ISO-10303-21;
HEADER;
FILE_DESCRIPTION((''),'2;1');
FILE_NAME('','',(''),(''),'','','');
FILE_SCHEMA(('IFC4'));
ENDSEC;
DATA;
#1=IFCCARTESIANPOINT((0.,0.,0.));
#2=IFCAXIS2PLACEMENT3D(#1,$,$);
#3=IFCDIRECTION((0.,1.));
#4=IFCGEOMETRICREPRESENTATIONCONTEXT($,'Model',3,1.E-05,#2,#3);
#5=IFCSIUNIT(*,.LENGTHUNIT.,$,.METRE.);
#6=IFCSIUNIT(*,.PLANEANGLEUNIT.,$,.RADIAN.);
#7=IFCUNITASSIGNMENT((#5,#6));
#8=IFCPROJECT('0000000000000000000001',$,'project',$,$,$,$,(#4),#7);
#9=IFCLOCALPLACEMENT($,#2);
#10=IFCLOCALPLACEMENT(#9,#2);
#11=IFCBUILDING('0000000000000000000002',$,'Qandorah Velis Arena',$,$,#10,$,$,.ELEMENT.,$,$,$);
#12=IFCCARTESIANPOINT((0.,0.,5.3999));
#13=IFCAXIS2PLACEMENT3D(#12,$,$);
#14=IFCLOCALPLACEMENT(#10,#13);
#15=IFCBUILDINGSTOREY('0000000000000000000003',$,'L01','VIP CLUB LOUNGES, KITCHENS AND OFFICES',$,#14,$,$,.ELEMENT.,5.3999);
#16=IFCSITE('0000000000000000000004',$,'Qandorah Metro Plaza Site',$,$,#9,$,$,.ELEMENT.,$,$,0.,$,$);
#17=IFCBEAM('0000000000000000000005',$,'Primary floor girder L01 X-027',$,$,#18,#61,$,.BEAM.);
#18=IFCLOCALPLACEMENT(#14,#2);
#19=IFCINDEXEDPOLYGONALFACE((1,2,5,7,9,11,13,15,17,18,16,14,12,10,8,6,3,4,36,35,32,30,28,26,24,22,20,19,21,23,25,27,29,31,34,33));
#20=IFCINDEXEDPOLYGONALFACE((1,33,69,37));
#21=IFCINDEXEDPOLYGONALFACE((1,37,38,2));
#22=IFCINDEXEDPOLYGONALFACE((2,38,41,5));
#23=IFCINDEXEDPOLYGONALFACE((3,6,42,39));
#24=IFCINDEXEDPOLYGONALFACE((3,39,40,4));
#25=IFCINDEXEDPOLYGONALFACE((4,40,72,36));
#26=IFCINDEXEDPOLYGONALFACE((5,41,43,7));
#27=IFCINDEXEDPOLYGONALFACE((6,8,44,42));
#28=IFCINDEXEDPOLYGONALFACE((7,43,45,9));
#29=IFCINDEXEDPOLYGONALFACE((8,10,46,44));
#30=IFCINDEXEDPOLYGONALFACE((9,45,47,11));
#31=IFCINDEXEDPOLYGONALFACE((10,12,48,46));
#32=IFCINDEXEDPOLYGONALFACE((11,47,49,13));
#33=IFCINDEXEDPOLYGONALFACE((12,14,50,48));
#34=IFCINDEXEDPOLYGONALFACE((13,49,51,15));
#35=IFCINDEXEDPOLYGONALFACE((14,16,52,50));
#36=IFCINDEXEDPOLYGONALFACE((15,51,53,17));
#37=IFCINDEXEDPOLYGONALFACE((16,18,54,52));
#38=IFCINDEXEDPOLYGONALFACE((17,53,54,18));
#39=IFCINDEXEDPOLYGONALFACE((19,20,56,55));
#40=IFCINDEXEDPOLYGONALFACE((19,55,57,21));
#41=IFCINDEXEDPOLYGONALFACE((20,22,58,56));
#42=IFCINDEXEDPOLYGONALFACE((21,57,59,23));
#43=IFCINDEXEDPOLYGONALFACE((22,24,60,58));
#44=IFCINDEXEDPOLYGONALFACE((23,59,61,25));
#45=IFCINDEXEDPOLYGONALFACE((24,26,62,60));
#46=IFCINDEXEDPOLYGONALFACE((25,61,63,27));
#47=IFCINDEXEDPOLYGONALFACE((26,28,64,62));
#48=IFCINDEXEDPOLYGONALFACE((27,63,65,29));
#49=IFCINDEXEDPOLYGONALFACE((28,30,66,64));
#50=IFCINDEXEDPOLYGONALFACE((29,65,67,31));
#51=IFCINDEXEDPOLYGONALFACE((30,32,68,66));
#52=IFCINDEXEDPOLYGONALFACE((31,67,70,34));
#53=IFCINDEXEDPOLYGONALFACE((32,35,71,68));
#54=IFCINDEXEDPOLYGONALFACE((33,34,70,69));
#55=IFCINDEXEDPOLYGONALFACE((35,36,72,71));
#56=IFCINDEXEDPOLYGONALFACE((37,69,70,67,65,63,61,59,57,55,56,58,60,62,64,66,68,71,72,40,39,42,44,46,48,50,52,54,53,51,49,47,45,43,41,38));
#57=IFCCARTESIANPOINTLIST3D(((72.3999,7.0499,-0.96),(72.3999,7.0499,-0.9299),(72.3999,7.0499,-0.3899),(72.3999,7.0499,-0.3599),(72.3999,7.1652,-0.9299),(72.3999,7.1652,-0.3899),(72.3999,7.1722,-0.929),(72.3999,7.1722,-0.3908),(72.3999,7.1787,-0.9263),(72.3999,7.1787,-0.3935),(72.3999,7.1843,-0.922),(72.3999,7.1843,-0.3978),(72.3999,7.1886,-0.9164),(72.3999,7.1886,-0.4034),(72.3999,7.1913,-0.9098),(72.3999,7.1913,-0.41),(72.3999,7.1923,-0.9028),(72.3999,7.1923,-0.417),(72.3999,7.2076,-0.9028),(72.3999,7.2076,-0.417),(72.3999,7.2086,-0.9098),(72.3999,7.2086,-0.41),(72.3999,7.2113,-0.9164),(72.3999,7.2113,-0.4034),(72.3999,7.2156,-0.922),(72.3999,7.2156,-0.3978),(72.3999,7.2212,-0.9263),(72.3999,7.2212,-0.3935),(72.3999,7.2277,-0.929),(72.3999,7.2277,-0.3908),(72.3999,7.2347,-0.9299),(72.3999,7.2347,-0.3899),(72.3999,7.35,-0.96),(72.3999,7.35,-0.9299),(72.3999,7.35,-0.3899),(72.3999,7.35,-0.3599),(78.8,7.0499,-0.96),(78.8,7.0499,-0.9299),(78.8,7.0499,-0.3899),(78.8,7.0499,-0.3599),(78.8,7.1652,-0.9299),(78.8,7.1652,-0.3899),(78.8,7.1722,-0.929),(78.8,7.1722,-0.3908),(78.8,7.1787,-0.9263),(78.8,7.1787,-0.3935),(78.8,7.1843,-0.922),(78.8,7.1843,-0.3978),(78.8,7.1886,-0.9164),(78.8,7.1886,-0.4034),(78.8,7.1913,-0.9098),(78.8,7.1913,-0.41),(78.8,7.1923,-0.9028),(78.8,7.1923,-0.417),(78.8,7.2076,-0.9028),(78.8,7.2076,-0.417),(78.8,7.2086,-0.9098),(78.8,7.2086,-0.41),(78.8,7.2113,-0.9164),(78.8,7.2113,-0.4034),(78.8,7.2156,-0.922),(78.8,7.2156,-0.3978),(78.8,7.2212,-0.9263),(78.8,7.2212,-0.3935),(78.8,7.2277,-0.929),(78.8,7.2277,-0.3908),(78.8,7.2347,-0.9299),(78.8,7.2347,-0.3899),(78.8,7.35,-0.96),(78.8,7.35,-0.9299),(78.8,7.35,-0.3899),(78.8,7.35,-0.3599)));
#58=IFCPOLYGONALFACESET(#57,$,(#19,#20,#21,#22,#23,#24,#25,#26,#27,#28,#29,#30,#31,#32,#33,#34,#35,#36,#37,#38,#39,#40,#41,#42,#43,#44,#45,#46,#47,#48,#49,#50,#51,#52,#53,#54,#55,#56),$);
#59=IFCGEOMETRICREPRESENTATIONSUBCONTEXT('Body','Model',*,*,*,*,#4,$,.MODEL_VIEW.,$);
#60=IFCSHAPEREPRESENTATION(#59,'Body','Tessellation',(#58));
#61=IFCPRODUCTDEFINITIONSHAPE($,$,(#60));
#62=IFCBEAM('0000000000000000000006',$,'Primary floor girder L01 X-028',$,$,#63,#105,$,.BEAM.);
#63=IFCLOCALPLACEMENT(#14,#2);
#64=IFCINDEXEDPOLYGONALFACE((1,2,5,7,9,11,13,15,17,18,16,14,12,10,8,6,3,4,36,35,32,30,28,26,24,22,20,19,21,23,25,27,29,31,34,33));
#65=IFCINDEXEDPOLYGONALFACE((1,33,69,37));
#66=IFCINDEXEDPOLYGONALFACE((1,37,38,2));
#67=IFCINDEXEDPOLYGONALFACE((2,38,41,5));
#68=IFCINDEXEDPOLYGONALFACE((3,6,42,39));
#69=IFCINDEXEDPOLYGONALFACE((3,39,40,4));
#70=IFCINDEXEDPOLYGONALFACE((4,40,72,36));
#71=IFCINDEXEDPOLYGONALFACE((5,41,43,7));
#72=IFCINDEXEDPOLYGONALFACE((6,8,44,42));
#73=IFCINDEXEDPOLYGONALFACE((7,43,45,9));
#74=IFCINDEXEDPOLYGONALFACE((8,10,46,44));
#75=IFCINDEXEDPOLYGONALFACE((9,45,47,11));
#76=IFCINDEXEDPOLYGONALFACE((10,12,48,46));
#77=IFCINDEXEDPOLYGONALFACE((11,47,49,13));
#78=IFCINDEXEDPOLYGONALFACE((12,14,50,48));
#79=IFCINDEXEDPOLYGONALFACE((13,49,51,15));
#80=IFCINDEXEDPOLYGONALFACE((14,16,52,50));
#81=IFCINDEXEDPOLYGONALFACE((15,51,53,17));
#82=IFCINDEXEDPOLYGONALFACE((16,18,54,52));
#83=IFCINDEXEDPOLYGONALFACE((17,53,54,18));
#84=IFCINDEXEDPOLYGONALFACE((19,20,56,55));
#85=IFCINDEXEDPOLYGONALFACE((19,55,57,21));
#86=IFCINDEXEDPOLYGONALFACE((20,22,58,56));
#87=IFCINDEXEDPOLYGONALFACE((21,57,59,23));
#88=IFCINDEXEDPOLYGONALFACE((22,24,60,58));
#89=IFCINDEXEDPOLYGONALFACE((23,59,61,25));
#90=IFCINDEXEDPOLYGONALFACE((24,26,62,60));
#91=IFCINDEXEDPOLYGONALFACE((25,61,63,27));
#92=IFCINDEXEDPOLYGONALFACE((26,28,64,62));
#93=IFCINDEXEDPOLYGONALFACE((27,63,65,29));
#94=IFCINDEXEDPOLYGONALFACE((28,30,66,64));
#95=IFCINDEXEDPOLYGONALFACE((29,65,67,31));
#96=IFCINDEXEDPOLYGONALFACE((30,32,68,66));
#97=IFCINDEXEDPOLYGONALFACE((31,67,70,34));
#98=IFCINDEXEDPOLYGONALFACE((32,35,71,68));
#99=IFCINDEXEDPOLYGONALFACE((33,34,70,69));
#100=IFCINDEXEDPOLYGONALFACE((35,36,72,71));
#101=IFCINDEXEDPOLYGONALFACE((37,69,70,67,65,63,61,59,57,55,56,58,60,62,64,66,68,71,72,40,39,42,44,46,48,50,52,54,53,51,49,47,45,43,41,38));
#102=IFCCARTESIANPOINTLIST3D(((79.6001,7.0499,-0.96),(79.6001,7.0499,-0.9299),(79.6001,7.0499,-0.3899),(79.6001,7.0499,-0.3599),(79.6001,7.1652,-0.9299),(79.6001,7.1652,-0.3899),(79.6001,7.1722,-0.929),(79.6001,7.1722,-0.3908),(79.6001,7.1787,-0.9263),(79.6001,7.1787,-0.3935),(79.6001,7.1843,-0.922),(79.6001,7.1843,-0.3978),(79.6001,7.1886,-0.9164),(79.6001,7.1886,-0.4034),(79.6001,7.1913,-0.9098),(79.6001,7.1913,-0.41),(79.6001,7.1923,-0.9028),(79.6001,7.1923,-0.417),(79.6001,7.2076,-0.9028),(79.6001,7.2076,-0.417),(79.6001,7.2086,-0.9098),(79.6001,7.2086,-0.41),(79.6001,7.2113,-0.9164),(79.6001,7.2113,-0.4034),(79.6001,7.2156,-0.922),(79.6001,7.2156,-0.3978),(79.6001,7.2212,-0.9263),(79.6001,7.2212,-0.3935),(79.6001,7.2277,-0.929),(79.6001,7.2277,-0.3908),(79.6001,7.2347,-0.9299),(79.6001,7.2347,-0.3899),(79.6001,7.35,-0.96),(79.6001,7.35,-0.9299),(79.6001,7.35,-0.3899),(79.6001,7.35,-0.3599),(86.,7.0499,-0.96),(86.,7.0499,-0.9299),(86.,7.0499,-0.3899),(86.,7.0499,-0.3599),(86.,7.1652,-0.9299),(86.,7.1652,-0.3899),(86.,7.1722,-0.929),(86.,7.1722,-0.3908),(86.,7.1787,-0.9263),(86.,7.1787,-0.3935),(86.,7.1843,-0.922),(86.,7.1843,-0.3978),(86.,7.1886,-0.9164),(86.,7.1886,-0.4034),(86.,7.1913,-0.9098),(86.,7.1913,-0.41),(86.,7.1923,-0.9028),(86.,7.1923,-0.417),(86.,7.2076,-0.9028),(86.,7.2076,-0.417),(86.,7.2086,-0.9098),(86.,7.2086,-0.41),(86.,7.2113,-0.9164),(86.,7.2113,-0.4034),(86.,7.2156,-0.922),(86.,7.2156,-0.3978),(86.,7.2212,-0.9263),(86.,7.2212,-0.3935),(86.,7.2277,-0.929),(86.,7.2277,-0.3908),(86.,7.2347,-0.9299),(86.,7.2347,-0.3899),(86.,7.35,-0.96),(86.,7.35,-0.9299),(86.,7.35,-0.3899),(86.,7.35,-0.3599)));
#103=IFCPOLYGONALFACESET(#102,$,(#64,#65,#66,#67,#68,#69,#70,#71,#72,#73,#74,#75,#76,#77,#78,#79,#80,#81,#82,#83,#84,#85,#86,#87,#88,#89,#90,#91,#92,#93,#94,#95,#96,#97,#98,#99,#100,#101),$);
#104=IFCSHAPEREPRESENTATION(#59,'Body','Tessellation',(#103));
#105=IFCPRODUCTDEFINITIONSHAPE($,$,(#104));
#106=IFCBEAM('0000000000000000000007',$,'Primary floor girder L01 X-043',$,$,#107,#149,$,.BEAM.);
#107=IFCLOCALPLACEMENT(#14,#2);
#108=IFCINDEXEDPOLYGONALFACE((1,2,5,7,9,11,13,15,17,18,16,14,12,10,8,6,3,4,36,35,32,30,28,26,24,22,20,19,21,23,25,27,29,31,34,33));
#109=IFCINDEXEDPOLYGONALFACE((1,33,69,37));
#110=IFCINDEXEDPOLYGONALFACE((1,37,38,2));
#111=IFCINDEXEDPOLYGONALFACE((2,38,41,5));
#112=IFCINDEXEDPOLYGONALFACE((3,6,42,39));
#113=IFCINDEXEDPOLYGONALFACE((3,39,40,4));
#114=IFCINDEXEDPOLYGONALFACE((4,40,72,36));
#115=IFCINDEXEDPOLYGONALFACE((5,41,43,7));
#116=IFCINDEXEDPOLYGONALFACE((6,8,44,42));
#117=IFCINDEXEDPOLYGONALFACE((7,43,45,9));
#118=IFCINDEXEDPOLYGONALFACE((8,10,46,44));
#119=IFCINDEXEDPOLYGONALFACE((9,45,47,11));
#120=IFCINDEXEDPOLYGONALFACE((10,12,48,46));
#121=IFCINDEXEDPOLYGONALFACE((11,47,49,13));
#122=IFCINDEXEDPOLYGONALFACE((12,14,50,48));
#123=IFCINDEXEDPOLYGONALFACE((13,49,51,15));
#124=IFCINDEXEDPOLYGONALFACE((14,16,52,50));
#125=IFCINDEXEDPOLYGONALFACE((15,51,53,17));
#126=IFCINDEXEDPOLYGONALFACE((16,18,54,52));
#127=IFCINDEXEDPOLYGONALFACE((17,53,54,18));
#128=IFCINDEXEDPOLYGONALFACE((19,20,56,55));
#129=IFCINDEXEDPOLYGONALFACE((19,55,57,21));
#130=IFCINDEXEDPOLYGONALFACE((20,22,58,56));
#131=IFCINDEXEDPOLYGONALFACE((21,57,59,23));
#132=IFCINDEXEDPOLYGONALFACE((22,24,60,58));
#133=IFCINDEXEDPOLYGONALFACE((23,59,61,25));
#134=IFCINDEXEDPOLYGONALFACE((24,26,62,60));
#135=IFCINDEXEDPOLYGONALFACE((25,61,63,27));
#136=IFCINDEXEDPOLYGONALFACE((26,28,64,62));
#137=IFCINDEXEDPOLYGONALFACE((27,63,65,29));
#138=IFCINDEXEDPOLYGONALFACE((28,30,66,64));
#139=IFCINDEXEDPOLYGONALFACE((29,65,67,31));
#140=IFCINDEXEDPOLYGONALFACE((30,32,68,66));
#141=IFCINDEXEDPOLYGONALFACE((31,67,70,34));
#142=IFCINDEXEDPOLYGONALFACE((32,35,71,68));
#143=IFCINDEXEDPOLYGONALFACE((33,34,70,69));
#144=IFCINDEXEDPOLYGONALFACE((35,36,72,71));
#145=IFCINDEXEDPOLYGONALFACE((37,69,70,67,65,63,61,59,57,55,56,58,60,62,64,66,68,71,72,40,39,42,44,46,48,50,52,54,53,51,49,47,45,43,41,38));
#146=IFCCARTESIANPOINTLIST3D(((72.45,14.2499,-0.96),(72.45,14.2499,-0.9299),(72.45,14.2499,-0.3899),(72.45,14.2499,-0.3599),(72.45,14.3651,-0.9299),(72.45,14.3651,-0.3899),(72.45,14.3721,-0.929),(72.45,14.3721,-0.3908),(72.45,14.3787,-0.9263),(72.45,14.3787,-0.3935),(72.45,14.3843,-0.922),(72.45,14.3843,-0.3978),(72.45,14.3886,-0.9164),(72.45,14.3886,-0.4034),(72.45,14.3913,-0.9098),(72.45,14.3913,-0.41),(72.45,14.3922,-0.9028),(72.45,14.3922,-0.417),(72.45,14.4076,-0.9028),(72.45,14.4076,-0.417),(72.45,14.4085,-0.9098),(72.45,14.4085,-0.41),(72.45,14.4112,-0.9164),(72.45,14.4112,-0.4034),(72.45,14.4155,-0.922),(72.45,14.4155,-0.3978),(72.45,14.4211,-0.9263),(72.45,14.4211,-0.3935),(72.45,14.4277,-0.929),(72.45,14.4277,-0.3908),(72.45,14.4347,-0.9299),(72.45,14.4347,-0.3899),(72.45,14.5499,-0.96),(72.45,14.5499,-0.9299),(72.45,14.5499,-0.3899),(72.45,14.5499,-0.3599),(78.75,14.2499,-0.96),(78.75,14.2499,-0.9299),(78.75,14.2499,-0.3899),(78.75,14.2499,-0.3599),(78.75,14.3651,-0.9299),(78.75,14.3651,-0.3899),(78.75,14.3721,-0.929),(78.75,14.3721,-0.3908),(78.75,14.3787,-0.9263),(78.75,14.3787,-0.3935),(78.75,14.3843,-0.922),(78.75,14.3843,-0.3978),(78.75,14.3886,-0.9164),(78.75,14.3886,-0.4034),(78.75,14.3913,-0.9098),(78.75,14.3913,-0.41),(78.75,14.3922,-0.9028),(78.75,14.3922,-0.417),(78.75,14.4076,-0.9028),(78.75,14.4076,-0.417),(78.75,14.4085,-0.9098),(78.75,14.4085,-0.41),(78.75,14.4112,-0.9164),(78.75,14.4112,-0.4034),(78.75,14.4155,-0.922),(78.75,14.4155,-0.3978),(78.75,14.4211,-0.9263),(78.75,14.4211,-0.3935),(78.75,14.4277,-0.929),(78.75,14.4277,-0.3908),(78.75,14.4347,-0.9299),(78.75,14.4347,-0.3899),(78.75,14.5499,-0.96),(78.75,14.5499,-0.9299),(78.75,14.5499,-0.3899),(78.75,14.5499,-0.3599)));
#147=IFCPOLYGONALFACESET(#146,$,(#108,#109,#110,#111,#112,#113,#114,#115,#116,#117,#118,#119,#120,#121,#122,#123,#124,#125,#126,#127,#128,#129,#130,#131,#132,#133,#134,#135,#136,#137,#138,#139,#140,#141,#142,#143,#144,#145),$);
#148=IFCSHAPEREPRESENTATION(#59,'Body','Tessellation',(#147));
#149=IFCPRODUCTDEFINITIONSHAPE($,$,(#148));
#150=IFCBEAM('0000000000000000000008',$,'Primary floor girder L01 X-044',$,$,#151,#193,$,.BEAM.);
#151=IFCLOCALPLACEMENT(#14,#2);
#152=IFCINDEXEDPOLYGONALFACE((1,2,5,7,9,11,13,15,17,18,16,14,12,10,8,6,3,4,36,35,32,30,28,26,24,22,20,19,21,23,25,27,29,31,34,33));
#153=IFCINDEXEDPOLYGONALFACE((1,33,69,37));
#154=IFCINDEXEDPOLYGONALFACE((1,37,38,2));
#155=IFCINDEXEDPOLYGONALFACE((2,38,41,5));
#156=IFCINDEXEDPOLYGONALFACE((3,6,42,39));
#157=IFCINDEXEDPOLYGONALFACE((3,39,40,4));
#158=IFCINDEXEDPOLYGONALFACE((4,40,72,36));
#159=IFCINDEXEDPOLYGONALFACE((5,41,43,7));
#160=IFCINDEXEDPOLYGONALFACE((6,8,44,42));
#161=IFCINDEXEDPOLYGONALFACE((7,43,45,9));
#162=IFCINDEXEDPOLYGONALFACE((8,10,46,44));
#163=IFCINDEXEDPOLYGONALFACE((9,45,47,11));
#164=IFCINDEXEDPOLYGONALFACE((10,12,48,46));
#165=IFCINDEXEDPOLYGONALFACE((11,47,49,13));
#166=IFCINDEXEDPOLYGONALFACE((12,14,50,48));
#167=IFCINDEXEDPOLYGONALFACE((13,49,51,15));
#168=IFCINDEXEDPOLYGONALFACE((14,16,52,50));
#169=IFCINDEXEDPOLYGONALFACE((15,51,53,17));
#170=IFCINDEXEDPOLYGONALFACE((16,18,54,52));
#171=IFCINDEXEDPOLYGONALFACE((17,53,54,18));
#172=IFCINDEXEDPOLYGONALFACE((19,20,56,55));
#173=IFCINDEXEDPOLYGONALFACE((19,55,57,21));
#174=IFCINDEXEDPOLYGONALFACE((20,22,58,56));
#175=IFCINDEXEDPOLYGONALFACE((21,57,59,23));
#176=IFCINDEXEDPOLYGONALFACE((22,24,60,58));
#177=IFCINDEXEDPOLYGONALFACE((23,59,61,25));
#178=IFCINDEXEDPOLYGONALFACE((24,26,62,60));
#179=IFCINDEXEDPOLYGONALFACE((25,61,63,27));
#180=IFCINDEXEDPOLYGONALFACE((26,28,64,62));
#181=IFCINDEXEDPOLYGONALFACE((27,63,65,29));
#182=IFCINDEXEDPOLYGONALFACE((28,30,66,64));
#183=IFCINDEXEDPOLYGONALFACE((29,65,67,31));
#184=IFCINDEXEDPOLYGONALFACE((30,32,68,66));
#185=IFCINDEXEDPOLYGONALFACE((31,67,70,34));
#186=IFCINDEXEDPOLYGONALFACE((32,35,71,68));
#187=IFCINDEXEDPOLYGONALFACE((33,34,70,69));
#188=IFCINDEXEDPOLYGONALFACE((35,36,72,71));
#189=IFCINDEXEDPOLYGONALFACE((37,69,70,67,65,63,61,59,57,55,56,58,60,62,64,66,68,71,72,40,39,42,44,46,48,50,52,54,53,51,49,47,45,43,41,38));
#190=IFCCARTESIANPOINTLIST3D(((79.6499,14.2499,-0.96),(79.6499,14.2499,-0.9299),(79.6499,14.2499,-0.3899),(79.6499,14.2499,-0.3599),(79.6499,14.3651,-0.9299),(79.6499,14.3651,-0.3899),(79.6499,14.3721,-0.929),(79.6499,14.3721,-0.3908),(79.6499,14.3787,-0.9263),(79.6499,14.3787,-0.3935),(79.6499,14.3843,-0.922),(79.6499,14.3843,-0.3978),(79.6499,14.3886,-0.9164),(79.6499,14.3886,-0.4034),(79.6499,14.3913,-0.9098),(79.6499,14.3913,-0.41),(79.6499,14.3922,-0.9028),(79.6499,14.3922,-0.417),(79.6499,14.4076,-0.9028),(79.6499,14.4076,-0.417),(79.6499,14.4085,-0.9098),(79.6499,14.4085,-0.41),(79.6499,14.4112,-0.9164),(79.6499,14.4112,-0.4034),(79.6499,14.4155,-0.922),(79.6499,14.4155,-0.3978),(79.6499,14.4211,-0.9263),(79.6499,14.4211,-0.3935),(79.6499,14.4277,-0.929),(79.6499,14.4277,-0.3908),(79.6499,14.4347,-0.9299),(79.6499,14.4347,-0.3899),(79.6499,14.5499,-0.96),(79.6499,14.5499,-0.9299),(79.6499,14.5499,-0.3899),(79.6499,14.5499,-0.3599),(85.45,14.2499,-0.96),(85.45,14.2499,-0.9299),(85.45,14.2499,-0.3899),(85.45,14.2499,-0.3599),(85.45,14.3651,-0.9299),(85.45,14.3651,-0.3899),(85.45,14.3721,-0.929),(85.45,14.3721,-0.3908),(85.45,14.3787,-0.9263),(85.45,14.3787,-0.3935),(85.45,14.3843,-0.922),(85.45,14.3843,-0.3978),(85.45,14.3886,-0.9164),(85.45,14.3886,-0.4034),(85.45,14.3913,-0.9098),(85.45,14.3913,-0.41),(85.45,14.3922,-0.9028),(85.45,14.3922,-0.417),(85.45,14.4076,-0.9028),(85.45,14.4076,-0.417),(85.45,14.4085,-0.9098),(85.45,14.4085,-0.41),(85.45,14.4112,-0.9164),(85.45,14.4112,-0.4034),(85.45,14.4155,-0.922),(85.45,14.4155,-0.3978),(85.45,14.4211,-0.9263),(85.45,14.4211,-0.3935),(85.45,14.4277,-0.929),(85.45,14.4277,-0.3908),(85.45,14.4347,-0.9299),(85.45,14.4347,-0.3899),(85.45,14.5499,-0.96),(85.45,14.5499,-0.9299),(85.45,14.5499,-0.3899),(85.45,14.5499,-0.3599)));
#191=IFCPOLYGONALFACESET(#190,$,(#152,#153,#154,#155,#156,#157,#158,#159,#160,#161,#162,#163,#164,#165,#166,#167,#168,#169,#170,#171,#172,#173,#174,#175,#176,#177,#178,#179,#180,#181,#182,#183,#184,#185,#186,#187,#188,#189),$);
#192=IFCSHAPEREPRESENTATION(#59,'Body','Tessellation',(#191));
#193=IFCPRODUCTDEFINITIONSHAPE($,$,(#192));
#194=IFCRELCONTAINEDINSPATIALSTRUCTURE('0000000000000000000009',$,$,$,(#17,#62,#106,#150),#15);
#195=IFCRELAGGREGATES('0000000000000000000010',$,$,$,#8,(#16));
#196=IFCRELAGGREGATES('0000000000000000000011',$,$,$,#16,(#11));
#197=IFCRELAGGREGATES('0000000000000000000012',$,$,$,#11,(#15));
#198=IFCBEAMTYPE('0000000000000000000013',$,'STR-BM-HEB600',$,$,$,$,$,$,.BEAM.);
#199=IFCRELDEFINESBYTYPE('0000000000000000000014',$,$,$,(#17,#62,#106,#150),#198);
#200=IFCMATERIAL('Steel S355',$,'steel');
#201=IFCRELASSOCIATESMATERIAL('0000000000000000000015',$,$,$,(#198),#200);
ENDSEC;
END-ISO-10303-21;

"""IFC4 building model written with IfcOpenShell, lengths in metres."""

from ifc_helpers import new_model, si_unit, direction, frame, origin, origin_2d, place, context, subcontext, project, spatial, i_section, extrude, material, material_profile, profile_set, type_object, element, save


model = new_model("IFC4")

# Units and contexts
model_context = context("Model", 3, precision=1e-05, world=origin(), true_north=direction((0.0, 1.0)))
body_context = subcontext(model_context, "Body", "Model", "MODEL_VIEW")
ifc_project = project(units=[si_unit("LENGTHUNIT", "METRE"), si_unit("PLANEANGLEUNIT", "RADIAN")], contexts=[model_context])

# Site, building, storey
site_placement = place(None, origin())
site = spatial("IfcSite", under=ifc_project, at=site_placement, Name="Qandorah Metro Plaza Site", CompositionType="ELEMENT", RefElevation=0.0)
building_placement = place(site_placement, origin())
building = spatial("IfcBuilding", under=site, at=building_placement, Name="Qandorah Velis Arena", CompositionType="ELEMENT")
storey_placement = place(building_placement, frame((0.0, 0.0, 5.3999)))
storey = spatial("IfcBuildingStorey", under=building, at=storey_placement, Name="L01", Description="VIP CLUB LOUNGES, KITCHENS AND OFFICES", CompositionType="ELEMENT", Elevation=5.3999)

# Beams
ifc_material_1 = material(Name="Steel S355", Category="steel")
ifc_material_profile_1 = material_profile(ifc_material_1, i_section(OverallWidth=0.3, OverallDepth=0.6001, WebThickness=0.0154, FlangeThickness=0.03, FilletRadius=0.0271, at=origin_2d()), Name="HEB 600")
ifc_profile_set_1 = profile_set([ifc_material_profile_1], Name="Steel S355")
beam_type_1 = type_object("IfcBeamType", Name="STR-BM-HEB600", PredefinedType="BEAM", material=ifc_profile_set_1)
beam_1_placement = place(storey_placement, frame((72.3999, 7.2, -0.6599), z_axis=(1.0, 0.0, 0.0), x_axis=(0.0, 1.0, 0.0)))
element("IfcBeam", 1, at=beam_1_placement, inside=storey, type_object=beam_type_1, Name="Primary floor girder L01 X-027", PredefinedType="BEAM", context=body_context, shape_type="SweptSolid", body=[
    extrude(i_section(OverallWidth=0.3, OverallDepth=0.6001, WebThickness=0.0154, FlangeThickness=0.03, FilletRadius=0.0271, at=origin_2d()), origin(), (0.0, 0.0, 1.0), 6.4001),
])
beam_2_placement = place(storey_placement, frame((79.6001, 7.2, -0.6599), z_axis=(1.0, 0.0, 0.0), x_axis=(0.0, 1.0, 0.0)))
element("IfcBeam", 2, at=beam_2_placement, inside=storey, type_object=beam_type_1, Name="Primary floor girder L01 X-028", PredefinedType="BEAM", context=body_context, shape_type="SweptSolid", body=[
    extrude(i_section(OverallWidth=0.3, OverallDepth=0.6001, WebThickness=0.0154, FlangeThickness=0.03, FilletRadius=0.0271, at=origin_2d()), origin(), (0.0, 0.0, 1.0), 6.3999),
])
beam_3_placement = place(storey_placement, frame((72.45, 14.3999, -0.6599), z_axis=(1.0, 0.0, 0.0), x_axis=(0.0, 1.0, 0.0)))
element("IfcBeam", 3, at=beam_3_placement, inside=storey, type_object=beam_type_1, Name="Primary floor girder L01 X-043", PredefinedType="BEAM", context=body_context, shape_type="SweptSolid", body=[
    extrude(i_section(OverallWidth=0.3, OverallDepth=0.6001, WebThickness=0.0154, FlangeThickness=0.03, FilletRadius=0.0271, at=origin_2d()), origin(), (0.0, 0.0, 1.0), 6.3),
])
beam_4_placement = place(storey_placement, frame((79.6499, 14.3999, -0.6599), z_axis=(1.0, 0.0, 0.0), x_axis=(0.0, 1.0, 0.0)))
element("IfcBeam", 4, at=beam_4_placement, inside=storey, type_object=beam_type_1, Name="Primary floor girder L01 X-044", PredefinedType="BEAM", context=body_context, shape_type="SweptSolid", body=[
    extrude(i_section(OverallWidth=0.3, OverallDepth=0.6001, WebThickness=0.0154, FlangeThickness=0.03, FilletRadius=0.0271, at=origin_2d()), origin(), (0.0, 0.0, 1.0), 5.8),
])

save(model, "model.ifc")
